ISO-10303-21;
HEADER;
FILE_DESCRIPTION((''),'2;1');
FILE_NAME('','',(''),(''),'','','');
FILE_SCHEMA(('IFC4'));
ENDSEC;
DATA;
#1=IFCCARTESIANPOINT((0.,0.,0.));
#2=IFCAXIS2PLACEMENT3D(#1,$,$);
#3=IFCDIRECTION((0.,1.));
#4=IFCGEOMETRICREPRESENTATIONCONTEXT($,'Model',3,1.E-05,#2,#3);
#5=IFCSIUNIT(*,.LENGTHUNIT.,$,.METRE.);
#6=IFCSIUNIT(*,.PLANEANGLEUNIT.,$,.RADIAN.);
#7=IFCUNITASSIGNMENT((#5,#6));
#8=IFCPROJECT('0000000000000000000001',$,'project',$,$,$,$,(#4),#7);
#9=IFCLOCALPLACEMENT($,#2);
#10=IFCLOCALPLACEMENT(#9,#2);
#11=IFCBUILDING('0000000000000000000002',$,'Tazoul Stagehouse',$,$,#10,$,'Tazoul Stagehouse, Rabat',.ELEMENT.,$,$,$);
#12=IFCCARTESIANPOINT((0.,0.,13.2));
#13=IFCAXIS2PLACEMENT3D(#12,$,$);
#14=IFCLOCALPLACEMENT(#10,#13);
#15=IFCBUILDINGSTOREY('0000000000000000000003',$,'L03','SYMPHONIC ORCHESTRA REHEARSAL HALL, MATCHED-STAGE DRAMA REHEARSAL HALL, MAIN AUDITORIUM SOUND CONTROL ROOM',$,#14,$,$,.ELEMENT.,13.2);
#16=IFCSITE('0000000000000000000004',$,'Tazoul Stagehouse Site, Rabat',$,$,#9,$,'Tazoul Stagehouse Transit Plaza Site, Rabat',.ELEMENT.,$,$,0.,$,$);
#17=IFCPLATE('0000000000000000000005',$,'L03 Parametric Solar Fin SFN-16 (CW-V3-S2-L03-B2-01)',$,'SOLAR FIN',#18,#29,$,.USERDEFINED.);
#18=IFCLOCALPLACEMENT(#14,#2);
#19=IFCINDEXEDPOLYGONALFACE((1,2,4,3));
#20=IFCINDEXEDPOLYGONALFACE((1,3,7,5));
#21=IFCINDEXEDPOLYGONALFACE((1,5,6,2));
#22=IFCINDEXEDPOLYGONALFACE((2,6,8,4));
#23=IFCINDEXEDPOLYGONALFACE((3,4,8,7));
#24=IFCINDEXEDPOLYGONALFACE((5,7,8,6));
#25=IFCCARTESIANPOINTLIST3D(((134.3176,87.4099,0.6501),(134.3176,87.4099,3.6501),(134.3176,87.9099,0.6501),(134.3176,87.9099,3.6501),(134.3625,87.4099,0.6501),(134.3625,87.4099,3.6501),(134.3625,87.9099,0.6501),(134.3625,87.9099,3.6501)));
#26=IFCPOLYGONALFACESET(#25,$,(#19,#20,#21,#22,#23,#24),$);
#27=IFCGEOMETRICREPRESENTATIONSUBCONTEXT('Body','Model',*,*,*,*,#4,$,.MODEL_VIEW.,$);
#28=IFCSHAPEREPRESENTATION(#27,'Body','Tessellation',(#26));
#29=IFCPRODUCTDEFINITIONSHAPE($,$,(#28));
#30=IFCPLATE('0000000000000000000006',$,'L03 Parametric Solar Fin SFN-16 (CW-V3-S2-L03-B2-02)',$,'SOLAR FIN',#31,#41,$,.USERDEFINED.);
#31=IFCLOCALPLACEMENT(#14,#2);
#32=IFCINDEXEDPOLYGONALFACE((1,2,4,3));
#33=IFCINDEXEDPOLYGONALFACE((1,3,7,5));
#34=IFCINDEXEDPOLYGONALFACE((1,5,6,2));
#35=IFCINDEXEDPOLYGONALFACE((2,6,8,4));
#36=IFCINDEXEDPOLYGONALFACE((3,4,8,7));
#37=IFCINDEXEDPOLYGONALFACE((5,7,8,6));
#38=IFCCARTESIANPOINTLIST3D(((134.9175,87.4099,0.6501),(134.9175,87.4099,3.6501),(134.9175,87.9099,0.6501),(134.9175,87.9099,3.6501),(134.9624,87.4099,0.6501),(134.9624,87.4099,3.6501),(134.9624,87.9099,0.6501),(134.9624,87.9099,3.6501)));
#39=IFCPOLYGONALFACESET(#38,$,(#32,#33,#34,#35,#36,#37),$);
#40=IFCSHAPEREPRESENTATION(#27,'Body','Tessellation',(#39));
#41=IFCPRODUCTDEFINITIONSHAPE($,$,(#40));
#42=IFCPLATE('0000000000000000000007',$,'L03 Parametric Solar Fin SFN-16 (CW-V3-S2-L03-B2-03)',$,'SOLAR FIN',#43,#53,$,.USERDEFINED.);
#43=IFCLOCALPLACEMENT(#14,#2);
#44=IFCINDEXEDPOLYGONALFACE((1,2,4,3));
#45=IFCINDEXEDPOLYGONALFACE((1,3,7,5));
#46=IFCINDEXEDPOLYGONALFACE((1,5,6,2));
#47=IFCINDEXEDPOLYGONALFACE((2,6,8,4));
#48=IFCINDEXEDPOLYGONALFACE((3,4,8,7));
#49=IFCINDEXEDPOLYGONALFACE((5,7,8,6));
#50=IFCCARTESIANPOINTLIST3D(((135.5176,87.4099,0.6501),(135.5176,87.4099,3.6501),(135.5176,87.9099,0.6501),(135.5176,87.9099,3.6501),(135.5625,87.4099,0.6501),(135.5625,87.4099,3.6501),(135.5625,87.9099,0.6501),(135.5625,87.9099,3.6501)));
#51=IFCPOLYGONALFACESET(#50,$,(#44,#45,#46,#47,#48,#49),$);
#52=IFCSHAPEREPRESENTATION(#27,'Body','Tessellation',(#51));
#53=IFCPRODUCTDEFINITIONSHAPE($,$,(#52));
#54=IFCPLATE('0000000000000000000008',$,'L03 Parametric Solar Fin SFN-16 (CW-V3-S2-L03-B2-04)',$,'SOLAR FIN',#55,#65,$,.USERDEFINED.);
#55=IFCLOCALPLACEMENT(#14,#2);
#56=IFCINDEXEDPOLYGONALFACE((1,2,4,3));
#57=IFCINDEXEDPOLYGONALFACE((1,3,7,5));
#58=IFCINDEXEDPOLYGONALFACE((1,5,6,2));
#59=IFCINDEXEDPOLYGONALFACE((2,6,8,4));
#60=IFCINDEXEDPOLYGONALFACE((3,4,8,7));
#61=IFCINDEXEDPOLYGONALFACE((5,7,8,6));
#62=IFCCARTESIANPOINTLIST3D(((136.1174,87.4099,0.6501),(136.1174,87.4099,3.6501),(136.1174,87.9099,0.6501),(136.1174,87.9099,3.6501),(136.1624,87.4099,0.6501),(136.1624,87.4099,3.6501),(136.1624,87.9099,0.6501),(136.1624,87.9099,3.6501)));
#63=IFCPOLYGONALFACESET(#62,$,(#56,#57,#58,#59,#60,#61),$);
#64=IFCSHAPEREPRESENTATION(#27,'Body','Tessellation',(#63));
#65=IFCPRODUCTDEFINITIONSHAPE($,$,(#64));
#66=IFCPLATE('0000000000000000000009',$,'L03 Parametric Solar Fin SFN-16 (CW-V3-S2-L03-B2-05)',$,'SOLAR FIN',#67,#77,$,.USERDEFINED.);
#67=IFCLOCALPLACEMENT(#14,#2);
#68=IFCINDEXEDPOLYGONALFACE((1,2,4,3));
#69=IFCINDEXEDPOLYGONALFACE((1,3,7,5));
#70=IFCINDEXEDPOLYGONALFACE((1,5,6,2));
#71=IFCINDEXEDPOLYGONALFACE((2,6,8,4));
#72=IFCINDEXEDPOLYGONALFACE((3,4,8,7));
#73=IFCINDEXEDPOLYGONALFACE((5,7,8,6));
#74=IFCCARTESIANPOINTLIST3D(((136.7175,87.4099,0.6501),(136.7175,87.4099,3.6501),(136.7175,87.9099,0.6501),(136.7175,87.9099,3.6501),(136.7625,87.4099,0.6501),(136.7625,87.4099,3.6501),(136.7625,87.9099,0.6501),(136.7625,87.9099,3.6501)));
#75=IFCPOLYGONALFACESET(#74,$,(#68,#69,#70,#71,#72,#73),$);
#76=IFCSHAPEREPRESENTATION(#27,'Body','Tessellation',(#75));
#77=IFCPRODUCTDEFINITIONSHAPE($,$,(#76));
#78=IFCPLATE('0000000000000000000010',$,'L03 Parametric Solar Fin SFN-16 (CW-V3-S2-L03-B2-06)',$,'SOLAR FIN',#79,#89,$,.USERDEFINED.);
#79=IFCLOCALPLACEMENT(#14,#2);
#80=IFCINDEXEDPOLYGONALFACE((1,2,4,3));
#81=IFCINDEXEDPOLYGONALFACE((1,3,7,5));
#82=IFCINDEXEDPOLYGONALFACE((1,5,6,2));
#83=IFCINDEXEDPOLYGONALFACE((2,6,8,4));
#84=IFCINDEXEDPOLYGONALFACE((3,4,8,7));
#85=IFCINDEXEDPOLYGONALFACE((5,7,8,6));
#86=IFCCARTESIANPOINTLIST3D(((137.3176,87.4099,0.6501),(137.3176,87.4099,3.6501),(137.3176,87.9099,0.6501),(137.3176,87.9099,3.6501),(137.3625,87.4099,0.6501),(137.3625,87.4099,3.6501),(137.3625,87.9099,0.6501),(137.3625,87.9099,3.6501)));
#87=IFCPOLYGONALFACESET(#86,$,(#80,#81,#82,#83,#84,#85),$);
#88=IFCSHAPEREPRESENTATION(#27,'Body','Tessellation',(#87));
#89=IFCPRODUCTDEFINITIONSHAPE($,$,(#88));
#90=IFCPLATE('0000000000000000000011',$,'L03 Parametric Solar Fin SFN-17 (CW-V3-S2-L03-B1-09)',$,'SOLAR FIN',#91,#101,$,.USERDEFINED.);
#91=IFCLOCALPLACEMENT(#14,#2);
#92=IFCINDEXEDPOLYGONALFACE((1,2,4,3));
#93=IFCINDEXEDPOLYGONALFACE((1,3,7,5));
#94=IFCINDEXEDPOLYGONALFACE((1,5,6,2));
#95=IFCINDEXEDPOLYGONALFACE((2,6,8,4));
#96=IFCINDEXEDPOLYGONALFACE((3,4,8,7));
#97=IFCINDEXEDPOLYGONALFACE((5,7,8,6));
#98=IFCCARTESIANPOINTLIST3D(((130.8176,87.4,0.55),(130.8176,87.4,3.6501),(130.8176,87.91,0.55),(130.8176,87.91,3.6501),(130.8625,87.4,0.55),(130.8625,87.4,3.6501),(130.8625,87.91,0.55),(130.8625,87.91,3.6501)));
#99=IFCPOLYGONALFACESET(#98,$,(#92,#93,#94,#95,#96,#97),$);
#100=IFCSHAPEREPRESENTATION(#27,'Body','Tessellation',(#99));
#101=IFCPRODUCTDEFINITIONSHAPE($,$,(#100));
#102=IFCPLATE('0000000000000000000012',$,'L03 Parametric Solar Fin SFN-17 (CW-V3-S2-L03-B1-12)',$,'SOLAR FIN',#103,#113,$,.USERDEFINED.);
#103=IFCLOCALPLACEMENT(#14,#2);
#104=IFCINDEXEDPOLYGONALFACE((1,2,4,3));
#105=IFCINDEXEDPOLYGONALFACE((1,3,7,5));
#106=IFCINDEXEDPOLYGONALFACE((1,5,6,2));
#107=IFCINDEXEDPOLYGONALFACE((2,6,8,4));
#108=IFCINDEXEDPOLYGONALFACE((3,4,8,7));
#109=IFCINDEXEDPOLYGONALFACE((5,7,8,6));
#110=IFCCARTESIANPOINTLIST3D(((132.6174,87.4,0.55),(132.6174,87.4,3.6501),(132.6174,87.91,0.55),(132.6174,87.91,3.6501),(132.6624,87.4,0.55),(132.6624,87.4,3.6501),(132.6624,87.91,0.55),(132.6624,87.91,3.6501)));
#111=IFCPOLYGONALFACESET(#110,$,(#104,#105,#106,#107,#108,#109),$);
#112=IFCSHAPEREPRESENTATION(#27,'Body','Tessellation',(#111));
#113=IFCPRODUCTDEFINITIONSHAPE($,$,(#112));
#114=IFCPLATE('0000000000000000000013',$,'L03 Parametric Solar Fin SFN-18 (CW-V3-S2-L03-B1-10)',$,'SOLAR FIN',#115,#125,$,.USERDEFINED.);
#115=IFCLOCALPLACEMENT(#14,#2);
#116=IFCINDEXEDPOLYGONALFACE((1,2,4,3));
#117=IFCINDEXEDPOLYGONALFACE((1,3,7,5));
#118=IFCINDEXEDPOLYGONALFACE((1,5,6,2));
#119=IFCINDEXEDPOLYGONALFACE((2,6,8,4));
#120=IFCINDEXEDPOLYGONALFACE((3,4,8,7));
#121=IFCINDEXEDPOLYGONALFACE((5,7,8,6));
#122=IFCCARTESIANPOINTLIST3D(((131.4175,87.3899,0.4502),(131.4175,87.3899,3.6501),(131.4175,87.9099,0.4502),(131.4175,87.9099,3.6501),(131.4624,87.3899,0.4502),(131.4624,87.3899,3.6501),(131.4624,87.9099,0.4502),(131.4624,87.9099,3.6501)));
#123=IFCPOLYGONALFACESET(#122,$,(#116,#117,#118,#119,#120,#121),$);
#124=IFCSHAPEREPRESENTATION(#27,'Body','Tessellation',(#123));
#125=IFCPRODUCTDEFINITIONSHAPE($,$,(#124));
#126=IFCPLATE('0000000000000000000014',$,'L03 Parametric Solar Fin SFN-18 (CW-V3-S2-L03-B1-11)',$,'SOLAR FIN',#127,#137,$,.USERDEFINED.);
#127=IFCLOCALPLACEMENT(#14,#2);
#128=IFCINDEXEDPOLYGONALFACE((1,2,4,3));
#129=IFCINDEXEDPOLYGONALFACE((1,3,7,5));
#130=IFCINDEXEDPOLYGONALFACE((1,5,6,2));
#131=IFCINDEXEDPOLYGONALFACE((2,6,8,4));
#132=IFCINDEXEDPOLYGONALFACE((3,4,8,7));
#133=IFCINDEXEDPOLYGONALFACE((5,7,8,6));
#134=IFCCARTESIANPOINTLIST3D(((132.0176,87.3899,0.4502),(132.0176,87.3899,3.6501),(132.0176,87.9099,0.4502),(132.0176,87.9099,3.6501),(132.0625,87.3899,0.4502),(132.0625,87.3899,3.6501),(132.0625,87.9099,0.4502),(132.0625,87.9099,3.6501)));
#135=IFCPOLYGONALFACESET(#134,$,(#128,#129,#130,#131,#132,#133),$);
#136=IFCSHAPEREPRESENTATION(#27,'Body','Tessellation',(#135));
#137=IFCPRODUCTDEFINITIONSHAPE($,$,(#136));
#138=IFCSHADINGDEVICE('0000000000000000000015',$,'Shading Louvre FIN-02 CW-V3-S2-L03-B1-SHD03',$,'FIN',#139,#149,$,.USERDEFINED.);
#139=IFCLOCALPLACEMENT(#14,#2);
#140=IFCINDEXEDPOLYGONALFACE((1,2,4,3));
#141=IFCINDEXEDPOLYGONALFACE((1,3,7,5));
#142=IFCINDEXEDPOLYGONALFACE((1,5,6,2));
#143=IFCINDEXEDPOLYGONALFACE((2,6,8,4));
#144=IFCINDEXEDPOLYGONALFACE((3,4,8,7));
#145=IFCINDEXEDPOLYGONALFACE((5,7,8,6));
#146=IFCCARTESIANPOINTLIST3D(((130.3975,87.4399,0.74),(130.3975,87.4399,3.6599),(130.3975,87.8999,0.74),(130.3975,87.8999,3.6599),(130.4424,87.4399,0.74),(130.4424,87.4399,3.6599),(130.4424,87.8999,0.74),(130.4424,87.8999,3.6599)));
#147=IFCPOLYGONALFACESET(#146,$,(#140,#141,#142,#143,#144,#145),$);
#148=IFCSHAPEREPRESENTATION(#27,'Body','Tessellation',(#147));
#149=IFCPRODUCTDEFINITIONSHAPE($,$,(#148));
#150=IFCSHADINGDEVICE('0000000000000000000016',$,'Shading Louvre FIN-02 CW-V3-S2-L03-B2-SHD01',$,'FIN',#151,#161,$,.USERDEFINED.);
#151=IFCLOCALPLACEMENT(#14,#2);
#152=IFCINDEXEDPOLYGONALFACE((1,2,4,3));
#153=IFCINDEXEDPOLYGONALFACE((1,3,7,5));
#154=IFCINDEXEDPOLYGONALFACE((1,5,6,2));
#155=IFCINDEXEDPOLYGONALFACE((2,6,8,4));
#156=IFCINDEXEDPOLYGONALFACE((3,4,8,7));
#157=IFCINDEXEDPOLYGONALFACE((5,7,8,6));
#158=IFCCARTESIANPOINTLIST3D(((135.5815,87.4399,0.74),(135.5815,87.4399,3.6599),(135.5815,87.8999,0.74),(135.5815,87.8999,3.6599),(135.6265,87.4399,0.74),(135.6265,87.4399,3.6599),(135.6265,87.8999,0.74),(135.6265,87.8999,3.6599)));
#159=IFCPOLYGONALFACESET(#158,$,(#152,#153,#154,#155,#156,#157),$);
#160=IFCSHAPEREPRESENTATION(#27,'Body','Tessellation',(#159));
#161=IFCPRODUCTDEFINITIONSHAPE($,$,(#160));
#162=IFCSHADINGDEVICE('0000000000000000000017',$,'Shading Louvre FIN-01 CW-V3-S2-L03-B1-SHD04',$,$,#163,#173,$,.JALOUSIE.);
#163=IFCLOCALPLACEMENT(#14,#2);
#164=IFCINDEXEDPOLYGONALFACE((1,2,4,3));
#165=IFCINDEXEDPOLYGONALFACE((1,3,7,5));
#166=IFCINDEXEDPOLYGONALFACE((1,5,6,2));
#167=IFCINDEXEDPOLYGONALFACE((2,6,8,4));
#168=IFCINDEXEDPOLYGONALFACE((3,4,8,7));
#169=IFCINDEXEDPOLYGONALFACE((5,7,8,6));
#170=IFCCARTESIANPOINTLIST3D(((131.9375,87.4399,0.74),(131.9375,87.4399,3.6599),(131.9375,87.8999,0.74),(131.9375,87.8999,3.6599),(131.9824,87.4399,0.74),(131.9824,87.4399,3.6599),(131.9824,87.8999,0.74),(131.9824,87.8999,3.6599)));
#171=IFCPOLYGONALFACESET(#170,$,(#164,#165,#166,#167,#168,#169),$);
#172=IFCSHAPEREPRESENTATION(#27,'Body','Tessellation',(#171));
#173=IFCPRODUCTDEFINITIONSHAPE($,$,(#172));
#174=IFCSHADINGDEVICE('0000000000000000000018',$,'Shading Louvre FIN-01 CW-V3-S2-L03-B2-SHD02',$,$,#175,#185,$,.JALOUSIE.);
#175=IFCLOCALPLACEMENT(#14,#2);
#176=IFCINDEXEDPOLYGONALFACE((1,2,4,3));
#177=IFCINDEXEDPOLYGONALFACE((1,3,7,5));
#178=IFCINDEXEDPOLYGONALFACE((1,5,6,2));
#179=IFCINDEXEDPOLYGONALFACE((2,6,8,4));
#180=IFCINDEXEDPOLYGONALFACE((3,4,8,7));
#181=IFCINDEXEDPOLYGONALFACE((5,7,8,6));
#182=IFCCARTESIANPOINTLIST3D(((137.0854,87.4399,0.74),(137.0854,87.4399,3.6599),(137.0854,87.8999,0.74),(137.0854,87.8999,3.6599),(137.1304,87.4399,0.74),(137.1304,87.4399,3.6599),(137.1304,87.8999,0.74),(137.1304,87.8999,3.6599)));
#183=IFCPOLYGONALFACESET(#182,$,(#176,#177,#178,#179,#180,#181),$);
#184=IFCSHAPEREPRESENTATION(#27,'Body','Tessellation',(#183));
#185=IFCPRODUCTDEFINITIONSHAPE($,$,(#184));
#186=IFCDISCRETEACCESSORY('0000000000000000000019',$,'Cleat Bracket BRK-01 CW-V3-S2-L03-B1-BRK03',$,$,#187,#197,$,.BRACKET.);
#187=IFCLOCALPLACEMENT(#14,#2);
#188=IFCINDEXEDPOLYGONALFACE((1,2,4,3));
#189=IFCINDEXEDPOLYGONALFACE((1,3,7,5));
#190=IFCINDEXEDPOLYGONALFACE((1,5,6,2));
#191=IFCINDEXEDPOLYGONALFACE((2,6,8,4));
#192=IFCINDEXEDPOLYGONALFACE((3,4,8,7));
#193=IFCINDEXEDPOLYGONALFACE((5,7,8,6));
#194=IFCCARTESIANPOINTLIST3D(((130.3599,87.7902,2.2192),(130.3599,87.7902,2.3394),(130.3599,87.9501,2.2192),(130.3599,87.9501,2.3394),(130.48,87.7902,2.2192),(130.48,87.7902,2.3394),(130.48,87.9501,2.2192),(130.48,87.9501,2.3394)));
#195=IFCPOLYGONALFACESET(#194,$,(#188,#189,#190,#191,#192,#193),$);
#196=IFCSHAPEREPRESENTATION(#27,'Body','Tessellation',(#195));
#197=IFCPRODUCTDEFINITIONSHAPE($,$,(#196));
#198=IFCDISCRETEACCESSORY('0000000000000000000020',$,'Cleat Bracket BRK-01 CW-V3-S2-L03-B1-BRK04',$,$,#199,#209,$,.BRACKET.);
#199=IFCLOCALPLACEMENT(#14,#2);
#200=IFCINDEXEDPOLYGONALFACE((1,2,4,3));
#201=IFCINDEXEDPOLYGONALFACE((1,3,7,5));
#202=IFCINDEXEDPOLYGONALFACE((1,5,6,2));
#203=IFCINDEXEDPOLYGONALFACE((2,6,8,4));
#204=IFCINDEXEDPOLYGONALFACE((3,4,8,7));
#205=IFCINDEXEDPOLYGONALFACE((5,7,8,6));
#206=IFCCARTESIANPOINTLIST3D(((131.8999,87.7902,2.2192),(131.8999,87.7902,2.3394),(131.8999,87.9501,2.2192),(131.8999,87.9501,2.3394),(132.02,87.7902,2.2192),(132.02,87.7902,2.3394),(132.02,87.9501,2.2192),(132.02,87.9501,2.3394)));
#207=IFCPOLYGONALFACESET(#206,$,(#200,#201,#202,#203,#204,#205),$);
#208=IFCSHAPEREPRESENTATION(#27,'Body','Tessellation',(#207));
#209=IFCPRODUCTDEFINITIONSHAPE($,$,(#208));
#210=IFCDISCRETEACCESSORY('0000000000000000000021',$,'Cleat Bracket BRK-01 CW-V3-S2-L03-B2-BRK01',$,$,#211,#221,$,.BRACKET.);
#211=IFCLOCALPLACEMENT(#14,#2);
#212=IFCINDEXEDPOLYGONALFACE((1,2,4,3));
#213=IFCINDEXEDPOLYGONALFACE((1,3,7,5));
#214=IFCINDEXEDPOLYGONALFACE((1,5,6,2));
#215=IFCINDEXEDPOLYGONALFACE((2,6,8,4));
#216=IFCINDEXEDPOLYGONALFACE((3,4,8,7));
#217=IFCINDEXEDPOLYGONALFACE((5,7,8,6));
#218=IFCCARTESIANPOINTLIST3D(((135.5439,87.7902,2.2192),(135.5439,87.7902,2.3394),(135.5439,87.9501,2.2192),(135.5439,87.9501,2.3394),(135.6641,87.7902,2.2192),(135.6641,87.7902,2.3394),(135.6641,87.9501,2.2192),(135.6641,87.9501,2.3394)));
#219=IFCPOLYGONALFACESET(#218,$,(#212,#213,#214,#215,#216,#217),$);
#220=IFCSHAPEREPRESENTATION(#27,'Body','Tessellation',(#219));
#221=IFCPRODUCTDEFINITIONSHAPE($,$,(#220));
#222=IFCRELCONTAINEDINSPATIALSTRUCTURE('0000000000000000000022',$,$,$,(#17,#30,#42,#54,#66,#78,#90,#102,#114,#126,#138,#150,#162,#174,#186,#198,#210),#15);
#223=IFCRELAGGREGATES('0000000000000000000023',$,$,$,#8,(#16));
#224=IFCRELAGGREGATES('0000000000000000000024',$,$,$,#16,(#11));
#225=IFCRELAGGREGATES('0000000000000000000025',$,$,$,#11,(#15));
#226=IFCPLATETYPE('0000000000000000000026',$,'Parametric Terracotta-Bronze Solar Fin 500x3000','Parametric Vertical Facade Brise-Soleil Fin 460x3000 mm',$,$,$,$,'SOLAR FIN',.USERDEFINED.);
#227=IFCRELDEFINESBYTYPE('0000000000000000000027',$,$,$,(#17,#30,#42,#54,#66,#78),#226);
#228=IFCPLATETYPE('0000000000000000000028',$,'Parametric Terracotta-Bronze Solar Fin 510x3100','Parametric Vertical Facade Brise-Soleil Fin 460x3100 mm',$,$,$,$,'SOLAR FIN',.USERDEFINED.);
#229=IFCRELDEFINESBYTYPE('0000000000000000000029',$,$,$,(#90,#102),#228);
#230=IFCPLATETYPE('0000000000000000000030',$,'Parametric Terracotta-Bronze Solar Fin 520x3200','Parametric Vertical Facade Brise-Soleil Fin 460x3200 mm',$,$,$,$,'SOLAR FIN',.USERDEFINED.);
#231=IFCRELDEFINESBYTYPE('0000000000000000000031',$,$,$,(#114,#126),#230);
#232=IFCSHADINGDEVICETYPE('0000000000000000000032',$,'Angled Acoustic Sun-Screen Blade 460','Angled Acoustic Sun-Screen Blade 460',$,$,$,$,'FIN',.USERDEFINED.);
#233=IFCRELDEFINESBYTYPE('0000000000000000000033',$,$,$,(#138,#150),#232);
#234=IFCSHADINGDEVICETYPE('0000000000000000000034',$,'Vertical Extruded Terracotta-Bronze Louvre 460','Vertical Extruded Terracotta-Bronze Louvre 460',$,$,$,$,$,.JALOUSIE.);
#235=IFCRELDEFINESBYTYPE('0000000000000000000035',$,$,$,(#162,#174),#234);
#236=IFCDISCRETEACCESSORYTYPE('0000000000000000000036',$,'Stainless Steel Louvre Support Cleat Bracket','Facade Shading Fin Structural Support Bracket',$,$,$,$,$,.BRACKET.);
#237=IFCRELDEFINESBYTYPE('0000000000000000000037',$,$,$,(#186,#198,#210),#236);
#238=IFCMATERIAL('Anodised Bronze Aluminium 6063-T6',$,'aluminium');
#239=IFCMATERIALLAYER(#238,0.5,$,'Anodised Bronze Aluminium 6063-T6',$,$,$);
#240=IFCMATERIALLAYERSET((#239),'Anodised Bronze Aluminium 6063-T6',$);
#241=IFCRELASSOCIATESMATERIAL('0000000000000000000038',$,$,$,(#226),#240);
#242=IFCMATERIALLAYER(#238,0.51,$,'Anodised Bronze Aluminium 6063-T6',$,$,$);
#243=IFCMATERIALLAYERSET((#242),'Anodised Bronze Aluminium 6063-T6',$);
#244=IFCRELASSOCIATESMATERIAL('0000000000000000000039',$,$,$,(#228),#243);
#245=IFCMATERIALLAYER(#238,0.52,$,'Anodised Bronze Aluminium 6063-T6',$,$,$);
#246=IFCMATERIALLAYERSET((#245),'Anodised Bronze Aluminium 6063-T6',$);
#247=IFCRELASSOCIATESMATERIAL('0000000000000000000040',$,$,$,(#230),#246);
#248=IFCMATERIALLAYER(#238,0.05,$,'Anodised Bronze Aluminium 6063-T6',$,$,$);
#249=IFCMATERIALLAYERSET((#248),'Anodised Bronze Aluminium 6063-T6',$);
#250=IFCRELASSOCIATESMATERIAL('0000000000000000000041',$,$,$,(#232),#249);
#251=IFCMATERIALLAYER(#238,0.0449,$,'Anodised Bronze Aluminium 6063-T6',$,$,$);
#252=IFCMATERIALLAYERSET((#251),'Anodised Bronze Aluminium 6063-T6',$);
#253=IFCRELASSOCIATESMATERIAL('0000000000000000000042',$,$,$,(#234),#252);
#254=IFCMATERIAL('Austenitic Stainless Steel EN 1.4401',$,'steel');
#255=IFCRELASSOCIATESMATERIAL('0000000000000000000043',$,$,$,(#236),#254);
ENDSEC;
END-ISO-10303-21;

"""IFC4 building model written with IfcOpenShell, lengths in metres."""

from ifc_helpers import new_model, si_unit, direction, frame, origin, origin_2d, place, context, subcontext, project, spatial, rectangle, extrude, material, layer, layer_set, type_object, element, save


model = new_model("IFC4")

# Units and contexts
model_context = context("Model", 3, precision=1e-05, world=origin(), true_north=direction((0.0, 1.0)))
body_context = subcontext(model_context, "Body", "Model", "MODEL_VIEW")
ifc_project = project(units=[si_unit("LENGTHUNIT", "METRE"), si_unit("PLANEANGLEUNIT", "RADIAN")], contexts=[model_context])

# Site, building, storey
site_placement = place(None, origin())
site = spatial("IfcSite", under=ifc_project, at=site_placement, Name="Tazoul Stagehouse Site, Rabat", LongName="Tazoul Stagehouse Transit Plaza Site, Rabat", CompositionType="ELEMENT", RefElevation=0.0)
building_placement = place(site_placement, origin())
building = spatial("IfcBuilding", under=site, at=building_placement, Name="Tazoul Stagehouse", LongName="Tazoul Stagehouse, Rabat", CompositionType="ELEMENT")
storey_placement = place(building_placement, frame((0.0, 0.0, 13.2)))
storey = spatial("IfcBuildingStorey", under=building, at=storey_placement, Name="L03", Description="SYMPHONIC ORCHESTRA REHEARSAL HALL, MATCHED-STAGE DRAMA REHEARSAL HALL, MAIN AUDITORIUM SOUND CONTROL ROOM", CompositionType="ELEMENT", Elevation=13.2)

# Plates
ifc_material_1 = material(Name="Anodised Bronze Aluminium 6063-T6", Category="aluminium")
ifc_layer_1 = layer(ifc_material_1, 0.5, Name="Anodised Bronze Aluminium 6063-T6")
ifc_layer_set_1 = layer_set([ifc_layer_1], Name="Anodised Bronze Aluminium 6063-T6")
plate_type_1 = type_object("IfcPlateType", Name="Parametric Terracotta-Bronze Solar Fin 500x3000", Description="Parametric Vertical Facade Brise-Soleil Fin 460x3000 mm", ElementType="SOLAR FIN", PredefinedType="USERDEFINED", material=ifc_layer_set_1)
for number, where, z_axis, x_axis, name in (
    (1, (134.3401, 87.6599, 0.6501), (0.0, 0.0, 1.0), (1.0, 0.0, 0.0), "L03 Parametric Solar Fin SFN-16 (CW-V3-S2-L03-B2-01)"),
    (2, (134.9399, 87.6599, 0.6501), (0.0, 0.0, 1.0), (1.0, 0.0, 0.0), "L03 Parametric Solar Fin SFN-16 (CW-V3-S2-L03-B2-02)"),
    (3, (135.54, 87.6599, 0.6501), (0.0, 0.0, 1.0), (1.0, 0.0, 0.0), "L03 Parametric Solar Fin SFN-16 (CW-V3-S2-L03-B2-03)"),
    (4, (136.1399, 87.6599, 0.6501), (0.0, 0.0, 1.0), (1.0, 0.0, 0.0), "L03 Parametric Solar Fin SFN-16 (CW-V3-S2-L03-B2-04)"),
    (5, (136.74, 87.6599, 0.6501), (0.0, 0.0, 1.0), (1.0, 0.0, 0.0), "L03 Parametric Solar Fin SFN-16 (CW-V3-S2-L03-B2-05)"),
    (6, (137.3401, 87.6599, 0.6501), (0.0, 0.0, 1.0), (1.0, 0.0, 0.0), "L03 Parametric Solar Fin SFN-16 (CW-V3-S2-L03-B2-06)"),
):
    element("IfcPlate", number, at=place(storey_placement, frame(where, z_axis=z_axis, x_axis=x_axis)), inside=storey, type_object=plate_type_1, Name=name, ObjectType="SOLAR FIN", PredefinedType="USERDEFINED", context=body_context, shape_type="SweptSolid", body=[
        extrude(rectangle(XDim=0.0449, YDim=0.5, at=origin_2d()), origin(), (0.0, 0.0, 1.0), 3.0),
    ])
ifc_layer_2 = layer(ifc_material_1, 0.51, Name="Anodised Bronze Aluminium 6063-T6")
ifc_layer_set_2 = layer_set([ifc_layer_2], Name="Anodised Bronze Aluminium 6063-T6")
plate_type_2 = type_object("IfcPlateType", Name="Parametric Terracotta-Bronze Solar Fin 510x3100", Description="Parametric Vertical Facade Brise-Soleil Fin 460x3100 mm", ElementType="SOLAR FIN", PredefinedType="USERDEFINED", material=ifc_layer_set_2)
for number, where, z_axis, x_axis, name in (
    (7, (130.8401, 87.655, 0.55), (0.0, 0.0, 1.0), (1.0, 0.0, 0.0), "L03 Parametric Solar Fin SFN-17 (CW-V3-S2-L03-B1-09)"),
    (8, (132.6399, 87.655, 0.55), (0.0, 0.0, 1.0), (1.0, 0.0, 0.0), "L03 Parametric Solar Fin SFN-17 (CW-V3-S2-L03-B1-12)"),
):
    element("IfcPlate", number, at=place(storey_placement, frame(where, z_axis=z_axis, x_axis=x_axis)), inside=storey, type_object=plate_type_2, Name=name, ObjectType="SOLAR FIN", PredefinedType="USERDEFINED", context=body_context, shape_type="SweptSolid", body=[
        extrude(rectangle(XDim=0.0449, YDim=0.51, at=origin_2d()), origin(), (0.0, 0.0, 1.0), 3.1001),
    ])
ifc_layer_3 = layer(ifc_material_1, 0.52, Name="Anodised Bronze Aluminium 6063-T6")
ifc_layer_set_3 = layer_set([ifc_layer_3], Name="Anodised Bronze Aluminium 6063-T6")
plate_type_3 = type_object("IfcPlateType", Name="Parametric Terracotta-Bronze Solar Fin 520x3200", Description="Parametric Vertical Facade Brise-Soleil Fin 460x3200 mm", ElementType="SOLAR FIN", PredefinedType="USERDEFINED", material=ifc_layer_set_3)
for number, where, z_axis, x_axis, name in (
    (9, (131.4399, 87.6499, 0.4502), (0.0, 0.0, 1.0), (1.0, 0.0, 0.0), "L03 Parametric Solar Fin SFN-18 (CW-V3-S2-L03-B1-10)"),
    (10, (132.04, 87.6499, 0.4502), (0.0, 0.0, 1.0), (1.0, 0.0, 0.0), "L03 Parametric Solar Fin SFN-18 (CW-V3-S2-L03-B1-11)"),
):
    element("IfcPlate", number, at=place(storey_placement, frame(where, z_axis=z_axis, x_axis=x_axis)), inside=storey, type_object=plate_type_3, Name=name, ObjectType="SOLAR FIN", PredefinedType="USERDEFINED", context=body_context, shape_type="SweptSolid", body=[
        extrude(rectangle(XDim=0.0449, YDim=0.52, at=origin_2d()), origin(), (0.0, 0.0, 1.0), 3.2),
    ])

# Shading devices
ifc_layer_4 = layer(ifc_material_1, 0.05, Name="Anodised Bronze Aluminium 6063-T6")
ifc_layer_set_4 = layer_set([ifc_layer_4], Name="Anodised Bronze Aluminium 6063-T6")
shading_device_type_1 = type_object("IfcShadingDeviceType", Name="Angled Acoustic Sun-Screen Blade 460", Description="Angled Acoustic Sun-Screen Blade 460", ElementType="FIN", PredefinedType="USERDEFINED", material=ifc_layer_set_4)
for number, where, z_axis, x_axis, name in (
    (11, (130.4199, 87.6699, 0.74), (0.0, 0.0, 1.0), (1.0, 0.0, 0.0), "Shading Louvre FIN-02 CW-V3-S2-L03-B1-SHD03"),
    (12, (135.604, 87.6699, 0.74), (0.0, 0.0, 1.0), (1.0, 0.0, 0.0), "Shading Louvre FIN-02 CW-V3-S2-L03-B2-SHD01"),
):
    element("IfcShadingDevice", number, at=place(storey_placement, frame(where, z_axis=z_axis, x_axis=x_axis)), inside=storey, type_object=shading_device_type_1, Name=name, ObjectType="FIN", PredefinedType="USERDEFINED", context=body_context, shape_type="SweptSolid", body=[
        extrude(rectangle(XDim=0.0449, YDim=0.46, at=origin_2d()), origin(), (0.0, 0.0, 1.0), 2.9199),
    ])
ifc_layer_5 = layer(ifc_material_1, 0.0449, Name="Anodised Bronze Aluminium 6063-T6")
ifc_layer_set_5 = layer_set([ifc_layer_5], Name="Anodised Bronze Aluminium 6063-T6")
shading_device_type_2 = type_object("IfcShadingDeviceType", Name="Vertical Extruded Terracotta-Bronze Louvre 460", Description="Vertical Extruded Terracotta-Bronze Louvre 460", PredefinedType="JALOUSIE", material=ifc_layer_set_5)
for number, where, z_axis, x_axis, name in (
    (13, (131.96, 87.6699, 0.74), (0.0, 0.0, 1.0), (1.0, 0.0, 0.0), "Shading Louvre FIN-01 CW-V3-S2-L03-B1-SHD04"),
    (14, (137.1079, 87.6699, 0.74), (0.0, 0.0, 1.0), (1.0, 0.0, 0.0), "Shading Louvre FIN-01 CW-V3-S2-L03-B2-SHD02"),
):
    element("IfcShadingDevice", number, at=place(storey_placement, frame(where, z_axis=z_axis, x_axis=x_axis)), inside=storey, type_object=shading_device_type_2, Name=name, PredefinedType="JALOUSIE", context=body_context, shape_type="SweptSolid", body=[
        extrude(rectangle(XDim=0.0449, YDim=0.46, at=origin_2d()), origin(), (0.0, 0.0, 1.0), 2.9199),
    ])

# Discrete accessories
ifc_material_2 = material(Name="Austenitic Stainless Steel EN 1.4401", Category="steel")
discrete_accessory_type = type_object("IfcDiscreteAccessoryType", Name="Stainless Steel Louvre Support Cleat Bracket", Description="Facade Shading Fin Structural Support Bracket", PredefinedType="BRACKET", material=ifc_material_2)
for number, where, z_axis, x_axis, name in (
    (15, (130.4199, 87.8701, 2.2192), (0.0, 0.0, 1.0), (1.0, 0.0, 0.0), "Cleat Bracket BRK-01 CW-V3-S2-L03-B1-BRK03"),
    (16, (131.96, 87.8701, 2.2192), (0.0, 0.0, 1.0), (1.0, 0.0, 0.0), "Cleat Bracket BRK-01 CW-V3-S2-L03-B1-BRK04"),
    (17, (135.604, 87.8701, 2.2192), (0.0, 0.0, 1.0), (1.0, 0.0, 0.0), "Cleat Bracket BRK-01 CW-V3-S2-L03-B2-BRK01"),
):
    element("IfcDiscreteAccessory", number, at=place(storey_placement, frame(where, z_axis=z_axis, x_axis=x_axis)), inside=storey, type_object=discrete_accessory_type, Name=name, PredefinedType="BRACKET", context=body_context, shape_type="SweptSolid", body=[
        extrude(rectangle(XDim=0.1201, YDim=0.1599, at=origin_2d()), origin(), (0.0, 0.0, 1.0), 0.1201),
    ])

save(model, "model.ifc")
